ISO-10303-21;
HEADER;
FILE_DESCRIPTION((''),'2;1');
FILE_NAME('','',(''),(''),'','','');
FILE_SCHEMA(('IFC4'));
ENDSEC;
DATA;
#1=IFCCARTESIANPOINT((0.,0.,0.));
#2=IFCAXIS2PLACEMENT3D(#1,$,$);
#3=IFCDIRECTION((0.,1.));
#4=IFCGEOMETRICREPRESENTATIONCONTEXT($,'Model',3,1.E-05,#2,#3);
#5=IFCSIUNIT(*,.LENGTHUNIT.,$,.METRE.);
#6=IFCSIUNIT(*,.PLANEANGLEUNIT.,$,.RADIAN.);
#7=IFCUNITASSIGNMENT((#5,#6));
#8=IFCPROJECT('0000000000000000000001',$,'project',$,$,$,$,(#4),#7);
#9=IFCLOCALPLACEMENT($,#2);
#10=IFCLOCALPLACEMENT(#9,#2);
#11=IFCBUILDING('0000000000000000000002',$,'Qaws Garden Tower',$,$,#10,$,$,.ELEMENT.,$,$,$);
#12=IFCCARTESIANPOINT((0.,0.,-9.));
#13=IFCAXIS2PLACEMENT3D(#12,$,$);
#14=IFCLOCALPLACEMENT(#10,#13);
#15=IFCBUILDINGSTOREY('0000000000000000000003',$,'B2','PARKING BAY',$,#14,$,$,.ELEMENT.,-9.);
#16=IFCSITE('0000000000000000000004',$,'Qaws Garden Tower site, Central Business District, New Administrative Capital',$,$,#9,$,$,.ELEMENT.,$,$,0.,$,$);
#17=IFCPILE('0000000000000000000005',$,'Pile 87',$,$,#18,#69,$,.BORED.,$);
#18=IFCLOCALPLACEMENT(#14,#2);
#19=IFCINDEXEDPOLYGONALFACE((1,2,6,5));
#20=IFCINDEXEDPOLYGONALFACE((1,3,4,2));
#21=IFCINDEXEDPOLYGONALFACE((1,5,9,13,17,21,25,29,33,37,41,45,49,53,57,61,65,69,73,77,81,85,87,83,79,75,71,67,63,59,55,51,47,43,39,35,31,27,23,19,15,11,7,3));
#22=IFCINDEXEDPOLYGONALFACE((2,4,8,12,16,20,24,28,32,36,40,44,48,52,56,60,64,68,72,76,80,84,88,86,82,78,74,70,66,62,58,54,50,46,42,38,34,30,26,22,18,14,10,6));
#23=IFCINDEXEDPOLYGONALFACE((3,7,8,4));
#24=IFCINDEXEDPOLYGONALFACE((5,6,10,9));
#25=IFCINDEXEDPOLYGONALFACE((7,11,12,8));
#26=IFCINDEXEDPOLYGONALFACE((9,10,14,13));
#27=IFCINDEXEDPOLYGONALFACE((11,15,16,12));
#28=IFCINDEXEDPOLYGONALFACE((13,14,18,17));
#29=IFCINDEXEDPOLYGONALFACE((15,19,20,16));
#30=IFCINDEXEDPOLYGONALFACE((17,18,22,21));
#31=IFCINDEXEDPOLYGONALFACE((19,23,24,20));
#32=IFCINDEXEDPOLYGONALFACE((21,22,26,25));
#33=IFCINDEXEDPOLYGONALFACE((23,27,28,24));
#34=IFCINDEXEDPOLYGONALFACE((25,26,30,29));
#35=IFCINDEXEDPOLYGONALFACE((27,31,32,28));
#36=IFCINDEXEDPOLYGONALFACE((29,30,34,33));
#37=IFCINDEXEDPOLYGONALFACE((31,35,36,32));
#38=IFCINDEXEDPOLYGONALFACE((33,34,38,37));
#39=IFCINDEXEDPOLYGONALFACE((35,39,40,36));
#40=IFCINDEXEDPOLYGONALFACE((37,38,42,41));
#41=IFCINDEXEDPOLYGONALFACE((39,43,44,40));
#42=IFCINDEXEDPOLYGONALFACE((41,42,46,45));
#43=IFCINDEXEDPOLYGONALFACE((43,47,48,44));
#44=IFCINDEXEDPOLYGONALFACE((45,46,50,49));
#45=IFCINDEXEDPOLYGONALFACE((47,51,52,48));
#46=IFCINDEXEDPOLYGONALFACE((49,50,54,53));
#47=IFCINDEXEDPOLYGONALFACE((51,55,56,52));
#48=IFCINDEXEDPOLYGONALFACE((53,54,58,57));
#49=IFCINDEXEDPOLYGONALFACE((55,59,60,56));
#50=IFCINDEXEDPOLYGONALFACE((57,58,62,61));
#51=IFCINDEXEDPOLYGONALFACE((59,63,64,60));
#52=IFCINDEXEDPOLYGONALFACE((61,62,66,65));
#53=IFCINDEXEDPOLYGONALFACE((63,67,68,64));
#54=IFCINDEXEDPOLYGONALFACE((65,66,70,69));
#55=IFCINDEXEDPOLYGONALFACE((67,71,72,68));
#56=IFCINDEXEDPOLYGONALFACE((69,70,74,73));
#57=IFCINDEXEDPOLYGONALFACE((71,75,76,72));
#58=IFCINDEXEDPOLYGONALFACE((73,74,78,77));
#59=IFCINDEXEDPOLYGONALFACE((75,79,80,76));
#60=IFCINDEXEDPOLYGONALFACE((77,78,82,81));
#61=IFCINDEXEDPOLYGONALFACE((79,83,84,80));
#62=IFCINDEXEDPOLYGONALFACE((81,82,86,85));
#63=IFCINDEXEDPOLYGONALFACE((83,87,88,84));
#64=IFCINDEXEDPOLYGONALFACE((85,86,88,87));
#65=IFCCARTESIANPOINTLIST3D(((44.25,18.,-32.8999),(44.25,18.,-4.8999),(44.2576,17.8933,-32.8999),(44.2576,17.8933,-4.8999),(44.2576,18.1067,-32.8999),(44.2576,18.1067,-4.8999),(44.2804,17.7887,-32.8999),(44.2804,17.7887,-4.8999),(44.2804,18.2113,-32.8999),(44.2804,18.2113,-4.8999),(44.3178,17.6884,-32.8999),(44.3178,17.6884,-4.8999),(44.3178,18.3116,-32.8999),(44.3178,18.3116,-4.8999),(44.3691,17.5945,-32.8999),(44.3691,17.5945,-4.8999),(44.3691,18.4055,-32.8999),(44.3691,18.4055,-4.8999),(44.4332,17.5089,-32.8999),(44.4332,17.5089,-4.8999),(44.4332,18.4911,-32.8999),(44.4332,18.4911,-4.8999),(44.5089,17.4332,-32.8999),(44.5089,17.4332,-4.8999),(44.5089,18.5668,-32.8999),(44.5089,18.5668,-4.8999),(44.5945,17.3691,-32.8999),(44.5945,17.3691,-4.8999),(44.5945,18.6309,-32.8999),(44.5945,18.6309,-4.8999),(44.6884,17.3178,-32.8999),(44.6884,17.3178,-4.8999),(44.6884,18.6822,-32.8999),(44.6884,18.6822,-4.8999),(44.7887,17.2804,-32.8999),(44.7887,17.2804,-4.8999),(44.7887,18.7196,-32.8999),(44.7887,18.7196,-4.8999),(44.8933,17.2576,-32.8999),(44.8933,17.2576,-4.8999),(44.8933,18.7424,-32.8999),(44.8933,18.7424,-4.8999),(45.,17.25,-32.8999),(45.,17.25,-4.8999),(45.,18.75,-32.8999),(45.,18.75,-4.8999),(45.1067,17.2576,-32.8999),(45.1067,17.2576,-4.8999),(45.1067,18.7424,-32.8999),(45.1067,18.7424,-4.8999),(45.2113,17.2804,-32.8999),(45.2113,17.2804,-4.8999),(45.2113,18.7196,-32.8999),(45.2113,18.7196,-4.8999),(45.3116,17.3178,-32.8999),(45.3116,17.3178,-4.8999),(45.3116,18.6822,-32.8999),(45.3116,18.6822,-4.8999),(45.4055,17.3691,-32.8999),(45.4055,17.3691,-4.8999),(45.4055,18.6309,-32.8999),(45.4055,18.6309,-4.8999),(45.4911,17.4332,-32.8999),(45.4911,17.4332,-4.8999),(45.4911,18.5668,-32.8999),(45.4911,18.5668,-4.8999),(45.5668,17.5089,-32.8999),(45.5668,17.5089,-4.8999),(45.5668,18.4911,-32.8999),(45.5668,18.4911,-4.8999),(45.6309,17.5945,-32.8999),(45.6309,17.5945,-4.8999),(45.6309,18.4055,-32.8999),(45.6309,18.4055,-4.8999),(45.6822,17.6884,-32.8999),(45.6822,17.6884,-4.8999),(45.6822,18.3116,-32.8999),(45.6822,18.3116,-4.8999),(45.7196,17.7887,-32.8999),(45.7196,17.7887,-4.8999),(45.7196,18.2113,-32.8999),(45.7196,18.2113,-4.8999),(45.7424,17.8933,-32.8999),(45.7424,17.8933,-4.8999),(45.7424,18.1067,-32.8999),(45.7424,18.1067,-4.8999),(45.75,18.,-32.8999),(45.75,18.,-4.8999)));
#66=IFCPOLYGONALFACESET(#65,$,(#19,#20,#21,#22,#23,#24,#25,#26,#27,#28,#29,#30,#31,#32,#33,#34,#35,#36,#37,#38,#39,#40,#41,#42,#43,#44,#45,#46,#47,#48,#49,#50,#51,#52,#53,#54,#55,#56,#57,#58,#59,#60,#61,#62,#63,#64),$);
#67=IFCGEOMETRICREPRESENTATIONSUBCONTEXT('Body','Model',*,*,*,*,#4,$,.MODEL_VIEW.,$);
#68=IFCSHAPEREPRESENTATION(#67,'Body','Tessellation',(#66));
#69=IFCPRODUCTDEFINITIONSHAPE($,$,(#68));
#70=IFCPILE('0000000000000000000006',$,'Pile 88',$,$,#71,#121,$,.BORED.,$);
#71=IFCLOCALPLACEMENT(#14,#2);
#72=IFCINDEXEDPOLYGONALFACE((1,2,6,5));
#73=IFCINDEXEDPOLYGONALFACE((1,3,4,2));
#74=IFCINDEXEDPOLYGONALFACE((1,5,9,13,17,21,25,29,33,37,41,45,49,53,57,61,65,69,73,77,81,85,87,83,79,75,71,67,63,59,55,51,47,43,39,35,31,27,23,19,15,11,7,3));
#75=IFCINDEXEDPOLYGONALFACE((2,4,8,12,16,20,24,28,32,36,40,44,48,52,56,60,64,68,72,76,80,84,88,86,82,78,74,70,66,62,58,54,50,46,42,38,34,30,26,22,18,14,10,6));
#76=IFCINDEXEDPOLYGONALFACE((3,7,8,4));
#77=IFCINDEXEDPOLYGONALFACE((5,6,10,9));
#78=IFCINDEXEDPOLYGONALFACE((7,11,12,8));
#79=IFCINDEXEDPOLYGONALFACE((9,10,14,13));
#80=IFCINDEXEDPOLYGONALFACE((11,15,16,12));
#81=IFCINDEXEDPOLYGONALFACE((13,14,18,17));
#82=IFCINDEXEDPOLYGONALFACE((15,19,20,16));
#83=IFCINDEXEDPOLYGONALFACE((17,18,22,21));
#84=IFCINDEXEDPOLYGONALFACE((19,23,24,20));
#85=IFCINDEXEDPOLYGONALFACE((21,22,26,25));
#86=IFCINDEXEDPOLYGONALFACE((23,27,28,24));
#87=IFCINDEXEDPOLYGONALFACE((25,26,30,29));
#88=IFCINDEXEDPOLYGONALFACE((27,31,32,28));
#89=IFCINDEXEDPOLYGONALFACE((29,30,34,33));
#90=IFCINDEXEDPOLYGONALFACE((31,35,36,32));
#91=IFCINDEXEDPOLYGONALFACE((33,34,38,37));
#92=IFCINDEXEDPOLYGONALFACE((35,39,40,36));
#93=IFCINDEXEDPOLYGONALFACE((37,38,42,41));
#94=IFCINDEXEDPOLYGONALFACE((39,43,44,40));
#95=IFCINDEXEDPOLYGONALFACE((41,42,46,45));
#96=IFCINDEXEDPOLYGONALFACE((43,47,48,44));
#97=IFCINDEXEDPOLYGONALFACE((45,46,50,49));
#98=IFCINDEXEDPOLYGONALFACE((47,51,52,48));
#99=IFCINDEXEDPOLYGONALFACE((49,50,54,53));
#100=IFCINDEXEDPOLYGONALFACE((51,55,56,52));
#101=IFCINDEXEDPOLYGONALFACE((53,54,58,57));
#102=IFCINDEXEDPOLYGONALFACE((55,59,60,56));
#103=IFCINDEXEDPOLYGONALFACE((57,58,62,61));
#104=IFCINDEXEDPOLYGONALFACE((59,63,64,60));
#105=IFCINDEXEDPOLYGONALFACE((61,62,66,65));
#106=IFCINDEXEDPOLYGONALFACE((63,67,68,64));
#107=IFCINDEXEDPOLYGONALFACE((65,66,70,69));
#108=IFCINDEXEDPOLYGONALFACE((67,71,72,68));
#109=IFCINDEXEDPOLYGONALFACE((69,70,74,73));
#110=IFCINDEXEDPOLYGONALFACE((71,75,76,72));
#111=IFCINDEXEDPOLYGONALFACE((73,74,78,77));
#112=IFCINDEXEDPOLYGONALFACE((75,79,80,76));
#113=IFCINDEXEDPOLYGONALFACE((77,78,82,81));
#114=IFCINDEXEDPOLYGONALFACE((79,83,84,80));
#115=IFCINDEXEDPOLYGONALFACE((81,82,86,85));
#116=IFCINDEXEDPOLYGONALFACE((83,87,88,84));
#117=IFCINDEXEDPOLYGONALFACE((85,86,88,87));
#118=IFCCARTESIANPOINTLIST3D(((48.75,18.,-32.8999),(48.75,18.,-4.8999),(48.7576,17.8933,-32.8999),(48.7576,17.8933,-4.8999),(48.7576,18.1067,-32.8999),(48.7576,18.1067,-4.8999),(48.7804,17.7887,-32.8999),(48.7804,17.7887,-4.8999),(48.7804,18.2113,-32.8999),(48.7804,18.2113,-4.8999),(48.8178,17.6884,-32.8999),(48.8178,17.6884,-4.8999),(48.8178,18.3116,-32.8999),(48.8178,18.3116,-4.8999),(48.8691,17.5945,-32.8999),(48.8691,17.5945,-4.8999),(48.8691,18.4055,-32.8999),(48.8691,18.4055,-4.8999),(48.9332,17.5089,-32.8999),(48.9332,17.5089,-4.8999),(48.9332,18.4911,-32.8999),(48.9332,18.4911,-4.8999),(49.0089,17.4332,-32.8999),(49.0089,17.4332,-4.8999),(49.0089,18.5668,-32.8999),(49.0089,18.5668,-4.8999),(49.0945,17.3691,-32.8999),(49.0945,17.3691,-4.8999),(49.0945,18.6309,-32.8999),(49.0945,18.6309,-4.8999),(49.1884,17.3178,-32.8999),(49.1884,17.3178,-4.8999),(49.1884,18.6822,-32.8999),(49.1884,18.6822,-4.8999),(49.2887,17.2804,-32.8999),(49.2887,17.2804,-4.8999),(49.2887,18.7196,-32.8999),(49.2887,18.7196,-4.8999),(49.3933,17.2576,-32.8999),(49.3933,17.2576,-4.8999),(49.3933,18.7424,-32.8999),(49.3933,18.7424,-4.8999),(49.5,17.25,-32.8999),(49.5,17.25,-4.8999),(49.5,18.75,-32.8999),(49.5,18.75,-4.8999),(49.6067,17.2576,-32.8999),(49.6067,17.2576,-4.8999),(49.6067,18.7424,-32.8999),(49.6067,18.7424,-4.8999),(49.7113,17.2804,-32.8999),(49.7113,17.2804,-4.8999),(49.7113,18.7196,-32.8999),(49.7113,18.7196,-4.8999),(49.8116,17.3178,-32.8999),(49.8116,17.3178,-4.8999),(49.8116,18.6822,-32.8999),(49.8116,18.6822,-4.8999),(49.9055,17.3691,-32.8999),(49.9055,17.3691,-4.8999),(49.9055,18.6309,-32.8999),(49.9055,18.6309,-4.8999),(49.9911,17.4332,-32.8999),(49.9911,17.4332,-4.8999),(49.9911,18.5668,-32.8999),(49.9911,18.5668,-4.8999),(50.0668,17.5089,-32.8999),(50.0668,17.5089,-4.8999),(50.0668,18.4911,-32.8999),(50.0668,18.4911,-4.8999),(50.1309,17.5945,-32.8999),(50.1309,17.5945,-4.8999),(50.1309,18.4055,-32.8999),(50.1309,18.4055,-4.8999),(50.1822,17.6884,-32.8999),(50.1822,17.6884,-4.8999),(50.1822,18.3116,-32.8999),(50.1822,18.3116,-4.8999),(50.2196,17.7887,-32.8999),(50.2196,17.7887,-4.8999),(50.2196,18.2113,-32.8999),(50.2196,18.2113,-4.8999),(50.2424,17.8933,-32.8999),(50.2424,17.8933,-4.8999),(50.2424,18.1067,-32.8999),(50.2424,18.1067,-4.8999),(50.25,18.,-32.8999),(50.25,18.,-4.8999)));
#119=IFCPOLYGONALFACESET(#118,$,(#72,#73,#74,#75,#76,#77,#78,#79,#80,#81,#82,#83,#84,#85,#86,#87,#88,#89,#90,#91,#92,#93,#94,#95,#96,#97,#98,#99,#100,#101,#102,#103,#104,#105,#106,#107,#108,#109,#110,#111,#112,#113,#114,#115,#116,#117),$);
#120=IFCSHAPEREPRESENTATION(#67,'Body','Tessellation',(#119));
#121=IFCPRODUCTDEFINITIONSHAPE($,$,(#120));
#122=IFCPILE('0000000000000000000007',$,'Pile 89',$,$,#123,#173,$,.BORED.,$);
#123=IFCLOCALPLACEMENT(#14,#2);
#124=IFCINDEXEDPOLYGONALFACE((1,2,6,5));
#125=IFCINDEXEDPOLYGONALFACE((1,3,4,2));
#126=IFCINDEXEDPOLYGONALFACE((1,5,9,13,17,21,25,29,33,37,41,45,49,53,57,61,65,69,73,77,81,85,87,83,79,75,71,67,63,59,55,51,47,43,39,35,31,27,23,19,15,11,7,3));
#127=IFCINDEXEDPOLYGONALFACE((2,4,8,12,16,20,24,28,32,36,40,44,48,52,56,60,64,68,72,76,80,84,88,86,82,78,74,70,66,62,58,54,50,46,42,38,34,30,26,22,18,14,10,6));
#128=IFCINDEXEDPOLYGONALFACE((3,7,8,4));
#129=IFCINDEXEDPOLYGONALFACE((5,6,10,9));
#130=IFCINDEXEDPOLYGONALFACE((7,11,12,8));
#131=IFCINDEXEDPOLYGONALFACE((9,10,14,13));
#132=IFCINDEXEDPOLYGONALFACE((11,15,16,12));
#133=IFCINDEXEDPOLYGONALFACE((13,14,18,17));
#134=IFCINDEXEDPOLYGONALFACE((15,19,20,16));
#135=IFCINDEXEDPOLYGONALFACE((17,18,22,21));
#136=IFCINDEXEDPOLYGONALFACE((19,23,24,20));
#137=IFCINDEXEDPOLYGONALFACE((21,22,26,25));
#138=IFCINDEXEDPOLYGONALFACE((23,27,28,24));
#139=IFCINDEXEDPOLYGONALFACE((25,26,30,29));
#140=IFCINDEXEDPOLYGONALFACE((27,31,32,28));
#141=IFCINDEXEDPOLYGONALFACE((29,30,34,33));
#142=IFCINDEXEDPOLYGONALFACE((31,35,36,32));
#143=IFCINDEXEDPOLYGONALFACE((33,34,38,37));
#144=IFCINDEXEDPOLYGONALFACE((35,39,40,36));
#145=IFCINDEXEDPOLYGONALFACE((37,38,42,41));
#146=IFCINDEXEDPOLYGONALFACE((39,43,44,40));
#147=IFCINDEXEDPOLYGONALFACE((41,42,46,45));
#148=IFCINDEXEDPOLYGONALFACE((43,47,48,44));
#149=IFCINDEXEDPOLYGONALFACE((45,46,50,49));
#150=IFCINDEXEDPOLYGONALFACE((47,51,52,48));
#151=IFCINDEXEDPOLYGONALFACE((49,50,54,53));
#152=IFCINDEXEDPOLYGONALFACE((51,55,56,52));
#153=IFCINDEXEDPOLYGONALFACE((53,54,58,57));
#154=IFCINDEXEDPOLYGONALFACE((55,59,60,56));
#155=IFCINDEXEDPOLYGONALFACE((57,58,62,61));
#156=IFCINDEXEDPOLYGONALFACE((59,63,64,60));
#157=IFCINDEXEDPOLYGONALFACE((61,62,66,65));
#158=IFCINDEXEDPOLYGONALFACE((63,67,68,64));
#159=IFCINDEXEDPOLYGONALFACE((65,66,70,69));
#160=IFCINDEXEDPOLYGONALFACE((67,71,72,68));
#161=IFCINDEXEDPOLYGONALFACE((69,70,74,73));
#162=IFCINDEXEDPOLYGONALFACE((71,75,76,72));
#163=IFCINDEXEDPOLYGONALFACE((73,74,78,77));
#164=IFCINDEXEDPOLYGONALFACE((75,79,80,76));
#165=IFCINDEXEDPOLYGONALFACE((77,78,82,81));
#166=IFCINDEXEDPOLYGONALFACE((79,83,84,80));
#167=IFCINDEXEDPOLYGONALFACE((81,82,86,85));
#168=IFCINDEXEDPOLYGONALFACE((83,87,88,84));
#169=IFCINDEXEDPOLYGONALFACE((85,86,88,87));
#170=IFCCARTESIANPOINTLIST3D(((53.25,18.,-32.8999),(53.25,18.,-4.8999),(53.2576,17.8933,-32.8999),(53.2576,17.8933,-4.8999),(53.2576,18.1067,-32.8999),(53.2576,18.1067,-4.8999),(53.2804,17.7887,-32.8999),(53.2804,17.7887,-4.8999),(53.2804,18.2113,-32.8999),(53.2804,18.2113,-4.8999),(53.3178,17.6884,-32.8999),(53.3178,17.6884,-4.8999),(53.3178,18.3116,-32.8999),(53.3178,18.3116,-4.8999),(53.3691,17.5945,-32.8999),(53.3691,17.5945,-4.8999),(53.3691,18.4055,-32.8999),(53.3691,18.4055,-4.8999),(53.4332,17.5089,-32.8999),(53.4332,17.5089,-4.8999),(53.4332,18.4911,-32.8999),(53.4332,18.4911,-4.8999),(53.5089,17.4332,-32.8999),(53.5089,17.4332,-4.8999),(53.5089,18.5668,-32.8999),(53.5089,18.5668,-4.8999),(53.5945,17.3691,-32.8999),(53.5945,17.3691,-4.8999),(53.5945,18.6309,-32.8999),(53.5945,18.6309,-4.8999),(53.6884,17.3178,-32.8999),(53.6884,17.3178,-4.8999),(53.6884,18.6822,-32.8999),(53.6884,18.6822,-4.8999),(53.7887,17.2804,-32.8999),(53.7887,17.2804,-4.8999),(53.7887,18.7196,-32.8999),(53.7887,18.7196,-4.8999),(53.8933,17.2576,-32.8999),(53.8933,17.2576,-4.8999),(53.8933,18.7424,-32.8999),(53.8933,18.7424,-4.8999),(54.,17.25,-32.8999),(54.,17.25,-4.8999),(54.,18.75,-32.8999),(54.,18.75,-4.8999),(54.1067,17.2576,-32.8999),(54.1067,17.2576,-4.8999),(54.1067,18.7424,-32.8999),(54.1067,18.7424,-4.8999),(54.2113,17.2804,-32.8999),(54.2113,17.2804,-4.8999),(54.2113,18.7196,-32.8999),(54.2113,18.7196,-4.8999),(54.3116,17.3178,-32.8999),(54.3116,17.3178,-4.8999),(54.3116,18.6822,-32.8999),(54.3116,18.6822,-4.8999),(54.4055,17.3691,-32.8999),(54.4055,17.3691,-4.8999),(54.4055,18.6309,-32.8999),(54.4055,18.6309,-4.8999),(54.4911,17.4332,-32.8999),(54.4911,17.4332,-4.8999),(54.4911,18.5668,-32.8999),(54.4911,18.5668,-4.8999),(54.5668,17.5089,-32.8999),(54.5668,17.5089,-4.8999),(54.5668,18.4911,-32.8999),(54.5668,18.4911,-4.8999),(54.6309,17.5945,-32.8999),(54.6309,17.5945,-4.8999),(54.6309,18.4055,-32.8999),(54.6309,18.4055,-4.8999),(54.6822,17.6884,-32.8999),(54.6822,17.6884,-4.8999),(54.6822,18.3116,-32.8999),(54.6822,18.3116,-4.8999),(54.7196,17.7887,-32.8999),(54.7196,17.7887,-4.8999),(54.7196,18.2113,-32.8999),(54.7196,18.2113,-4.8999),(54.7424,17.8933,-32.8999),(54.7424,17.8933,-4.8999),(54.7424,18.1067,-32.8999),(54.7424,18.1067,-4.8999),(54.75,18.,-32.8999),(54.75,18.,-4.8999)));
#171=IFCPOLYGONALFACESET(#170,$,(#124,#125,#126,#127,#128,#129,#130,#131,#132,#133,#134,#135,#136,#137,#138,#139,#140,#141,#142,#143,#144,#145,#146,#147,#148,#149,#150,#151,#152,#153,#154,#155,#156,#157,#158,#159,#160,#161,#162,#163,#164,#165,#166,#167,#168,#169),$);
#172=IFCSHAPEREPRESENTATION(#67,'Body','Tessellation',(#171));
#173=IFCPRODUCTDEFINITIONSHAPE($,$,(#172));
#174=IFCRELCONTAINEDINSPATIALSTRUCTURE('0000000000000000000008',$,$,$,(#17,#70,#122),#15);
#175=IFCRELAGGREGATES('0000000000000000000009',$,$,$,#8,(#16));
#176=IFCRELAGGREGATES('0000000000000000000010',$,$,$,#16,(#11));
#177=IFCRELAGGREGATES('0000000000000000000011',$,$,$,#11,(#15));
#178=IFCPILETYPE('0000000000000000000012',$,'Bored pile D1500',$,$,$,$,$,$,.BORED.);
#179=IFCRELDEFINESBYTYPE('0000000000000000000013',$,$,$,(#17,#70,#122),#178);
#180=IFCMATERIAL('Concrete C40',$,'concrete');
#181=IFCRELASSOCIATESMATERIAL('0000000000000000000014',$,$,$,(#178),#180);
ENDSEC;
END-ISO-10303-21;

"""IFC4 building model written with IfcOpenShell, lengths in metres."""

from ifc_helpers import new_model, si_unit, direction, frame, origin, origin_2d, place, context, subcontext, project, spatial, circle, extrude, material, material_profile, profile_set, type_object, element, save


model = new_model("IFC4")

# Units and contexts
model_context = context("Model", 3, precision=1e-05, world=origin(), true_north=direction((0.0, 1.0)))
body_context = subcontext(model_context, "Body", "Model", "MODEL_VIEW")
ifc_project = project(units=[si_unit("LENGTHUNIT", "METRE"), si_unit("PLANEANGLEUNIT", "RADIAN")], contexts=[model_context])

# Site, building, storey
site_placement = place(None, origin())
site = spatial("IfcSite", under=ifc_project, at=site_placement, Name="Qaws Garden Tower site, Central Business District, New Administrative Capital", CompositionType="ELEMENT", RefElevation=0.0)
building_placement = place(site_placement, origin())
building = spatial("IfcBuilding", under=site, at=building_placement, Name="Qaws Garden Tower", CompositionType="ELEMENT")
storey_placement = place(building_placement, frame((0.0, 0.0, -9.0)))
storey = spatial("IfcBuildingStorey", under=building, at=storey_placement, Name="B2", Description="PARKING BAY", CompositionType="ELEMENT", Elevation=-9.0)

# Piles
ifc_material_1 = material(Name="Concrete C40", Category="concrete")
ifc_material_profile_1 = material_profile(ifc_material_1, circle(Radius=0.75, at=origin_2d()), Name="Bored pile D1500")
ifc_profile_set_1 = profile_set([ifc_material_profile_1], Name="Concrete C40")
pile_type = type_object("IfcPileType", Name="Bored pile D1500", PredefinedType="BORED", material=ifc_profile_set_1)
for number, where, z_axis, x_axis, name in (
    (1, (45.0, 18.0, -4.8999), (0.0, 0.0, -1.0), (1.0, 0.0, 0.0), "Pile 87"),
    (2, (49.5, 18.0, -4.8999), (0.0, 0.0, -1.0), (1.0, 0.0, 0.0), "Pile 88"),
    (3, (54.0, 18.0, -4.8999), (0.0, 0.0, -1.0), (1.0, 0.0, 0.0), "Pile 89"),
):
    element("IfcPile", number, at=place(storey_placement, frame(where, z_axis=z_axis, x_axis=x_axis)), inside=storey, type_object=pile_type, Name=name, PredefinedType="BORED", context=body_context, shape_type="SweptSolid", body=[
        extrude(circle(Radius=0.75, at=origin_2d()), origin(), (0.0, 0.0, 1.0), 28.0),
    ])

save(model, "model.ifc")
